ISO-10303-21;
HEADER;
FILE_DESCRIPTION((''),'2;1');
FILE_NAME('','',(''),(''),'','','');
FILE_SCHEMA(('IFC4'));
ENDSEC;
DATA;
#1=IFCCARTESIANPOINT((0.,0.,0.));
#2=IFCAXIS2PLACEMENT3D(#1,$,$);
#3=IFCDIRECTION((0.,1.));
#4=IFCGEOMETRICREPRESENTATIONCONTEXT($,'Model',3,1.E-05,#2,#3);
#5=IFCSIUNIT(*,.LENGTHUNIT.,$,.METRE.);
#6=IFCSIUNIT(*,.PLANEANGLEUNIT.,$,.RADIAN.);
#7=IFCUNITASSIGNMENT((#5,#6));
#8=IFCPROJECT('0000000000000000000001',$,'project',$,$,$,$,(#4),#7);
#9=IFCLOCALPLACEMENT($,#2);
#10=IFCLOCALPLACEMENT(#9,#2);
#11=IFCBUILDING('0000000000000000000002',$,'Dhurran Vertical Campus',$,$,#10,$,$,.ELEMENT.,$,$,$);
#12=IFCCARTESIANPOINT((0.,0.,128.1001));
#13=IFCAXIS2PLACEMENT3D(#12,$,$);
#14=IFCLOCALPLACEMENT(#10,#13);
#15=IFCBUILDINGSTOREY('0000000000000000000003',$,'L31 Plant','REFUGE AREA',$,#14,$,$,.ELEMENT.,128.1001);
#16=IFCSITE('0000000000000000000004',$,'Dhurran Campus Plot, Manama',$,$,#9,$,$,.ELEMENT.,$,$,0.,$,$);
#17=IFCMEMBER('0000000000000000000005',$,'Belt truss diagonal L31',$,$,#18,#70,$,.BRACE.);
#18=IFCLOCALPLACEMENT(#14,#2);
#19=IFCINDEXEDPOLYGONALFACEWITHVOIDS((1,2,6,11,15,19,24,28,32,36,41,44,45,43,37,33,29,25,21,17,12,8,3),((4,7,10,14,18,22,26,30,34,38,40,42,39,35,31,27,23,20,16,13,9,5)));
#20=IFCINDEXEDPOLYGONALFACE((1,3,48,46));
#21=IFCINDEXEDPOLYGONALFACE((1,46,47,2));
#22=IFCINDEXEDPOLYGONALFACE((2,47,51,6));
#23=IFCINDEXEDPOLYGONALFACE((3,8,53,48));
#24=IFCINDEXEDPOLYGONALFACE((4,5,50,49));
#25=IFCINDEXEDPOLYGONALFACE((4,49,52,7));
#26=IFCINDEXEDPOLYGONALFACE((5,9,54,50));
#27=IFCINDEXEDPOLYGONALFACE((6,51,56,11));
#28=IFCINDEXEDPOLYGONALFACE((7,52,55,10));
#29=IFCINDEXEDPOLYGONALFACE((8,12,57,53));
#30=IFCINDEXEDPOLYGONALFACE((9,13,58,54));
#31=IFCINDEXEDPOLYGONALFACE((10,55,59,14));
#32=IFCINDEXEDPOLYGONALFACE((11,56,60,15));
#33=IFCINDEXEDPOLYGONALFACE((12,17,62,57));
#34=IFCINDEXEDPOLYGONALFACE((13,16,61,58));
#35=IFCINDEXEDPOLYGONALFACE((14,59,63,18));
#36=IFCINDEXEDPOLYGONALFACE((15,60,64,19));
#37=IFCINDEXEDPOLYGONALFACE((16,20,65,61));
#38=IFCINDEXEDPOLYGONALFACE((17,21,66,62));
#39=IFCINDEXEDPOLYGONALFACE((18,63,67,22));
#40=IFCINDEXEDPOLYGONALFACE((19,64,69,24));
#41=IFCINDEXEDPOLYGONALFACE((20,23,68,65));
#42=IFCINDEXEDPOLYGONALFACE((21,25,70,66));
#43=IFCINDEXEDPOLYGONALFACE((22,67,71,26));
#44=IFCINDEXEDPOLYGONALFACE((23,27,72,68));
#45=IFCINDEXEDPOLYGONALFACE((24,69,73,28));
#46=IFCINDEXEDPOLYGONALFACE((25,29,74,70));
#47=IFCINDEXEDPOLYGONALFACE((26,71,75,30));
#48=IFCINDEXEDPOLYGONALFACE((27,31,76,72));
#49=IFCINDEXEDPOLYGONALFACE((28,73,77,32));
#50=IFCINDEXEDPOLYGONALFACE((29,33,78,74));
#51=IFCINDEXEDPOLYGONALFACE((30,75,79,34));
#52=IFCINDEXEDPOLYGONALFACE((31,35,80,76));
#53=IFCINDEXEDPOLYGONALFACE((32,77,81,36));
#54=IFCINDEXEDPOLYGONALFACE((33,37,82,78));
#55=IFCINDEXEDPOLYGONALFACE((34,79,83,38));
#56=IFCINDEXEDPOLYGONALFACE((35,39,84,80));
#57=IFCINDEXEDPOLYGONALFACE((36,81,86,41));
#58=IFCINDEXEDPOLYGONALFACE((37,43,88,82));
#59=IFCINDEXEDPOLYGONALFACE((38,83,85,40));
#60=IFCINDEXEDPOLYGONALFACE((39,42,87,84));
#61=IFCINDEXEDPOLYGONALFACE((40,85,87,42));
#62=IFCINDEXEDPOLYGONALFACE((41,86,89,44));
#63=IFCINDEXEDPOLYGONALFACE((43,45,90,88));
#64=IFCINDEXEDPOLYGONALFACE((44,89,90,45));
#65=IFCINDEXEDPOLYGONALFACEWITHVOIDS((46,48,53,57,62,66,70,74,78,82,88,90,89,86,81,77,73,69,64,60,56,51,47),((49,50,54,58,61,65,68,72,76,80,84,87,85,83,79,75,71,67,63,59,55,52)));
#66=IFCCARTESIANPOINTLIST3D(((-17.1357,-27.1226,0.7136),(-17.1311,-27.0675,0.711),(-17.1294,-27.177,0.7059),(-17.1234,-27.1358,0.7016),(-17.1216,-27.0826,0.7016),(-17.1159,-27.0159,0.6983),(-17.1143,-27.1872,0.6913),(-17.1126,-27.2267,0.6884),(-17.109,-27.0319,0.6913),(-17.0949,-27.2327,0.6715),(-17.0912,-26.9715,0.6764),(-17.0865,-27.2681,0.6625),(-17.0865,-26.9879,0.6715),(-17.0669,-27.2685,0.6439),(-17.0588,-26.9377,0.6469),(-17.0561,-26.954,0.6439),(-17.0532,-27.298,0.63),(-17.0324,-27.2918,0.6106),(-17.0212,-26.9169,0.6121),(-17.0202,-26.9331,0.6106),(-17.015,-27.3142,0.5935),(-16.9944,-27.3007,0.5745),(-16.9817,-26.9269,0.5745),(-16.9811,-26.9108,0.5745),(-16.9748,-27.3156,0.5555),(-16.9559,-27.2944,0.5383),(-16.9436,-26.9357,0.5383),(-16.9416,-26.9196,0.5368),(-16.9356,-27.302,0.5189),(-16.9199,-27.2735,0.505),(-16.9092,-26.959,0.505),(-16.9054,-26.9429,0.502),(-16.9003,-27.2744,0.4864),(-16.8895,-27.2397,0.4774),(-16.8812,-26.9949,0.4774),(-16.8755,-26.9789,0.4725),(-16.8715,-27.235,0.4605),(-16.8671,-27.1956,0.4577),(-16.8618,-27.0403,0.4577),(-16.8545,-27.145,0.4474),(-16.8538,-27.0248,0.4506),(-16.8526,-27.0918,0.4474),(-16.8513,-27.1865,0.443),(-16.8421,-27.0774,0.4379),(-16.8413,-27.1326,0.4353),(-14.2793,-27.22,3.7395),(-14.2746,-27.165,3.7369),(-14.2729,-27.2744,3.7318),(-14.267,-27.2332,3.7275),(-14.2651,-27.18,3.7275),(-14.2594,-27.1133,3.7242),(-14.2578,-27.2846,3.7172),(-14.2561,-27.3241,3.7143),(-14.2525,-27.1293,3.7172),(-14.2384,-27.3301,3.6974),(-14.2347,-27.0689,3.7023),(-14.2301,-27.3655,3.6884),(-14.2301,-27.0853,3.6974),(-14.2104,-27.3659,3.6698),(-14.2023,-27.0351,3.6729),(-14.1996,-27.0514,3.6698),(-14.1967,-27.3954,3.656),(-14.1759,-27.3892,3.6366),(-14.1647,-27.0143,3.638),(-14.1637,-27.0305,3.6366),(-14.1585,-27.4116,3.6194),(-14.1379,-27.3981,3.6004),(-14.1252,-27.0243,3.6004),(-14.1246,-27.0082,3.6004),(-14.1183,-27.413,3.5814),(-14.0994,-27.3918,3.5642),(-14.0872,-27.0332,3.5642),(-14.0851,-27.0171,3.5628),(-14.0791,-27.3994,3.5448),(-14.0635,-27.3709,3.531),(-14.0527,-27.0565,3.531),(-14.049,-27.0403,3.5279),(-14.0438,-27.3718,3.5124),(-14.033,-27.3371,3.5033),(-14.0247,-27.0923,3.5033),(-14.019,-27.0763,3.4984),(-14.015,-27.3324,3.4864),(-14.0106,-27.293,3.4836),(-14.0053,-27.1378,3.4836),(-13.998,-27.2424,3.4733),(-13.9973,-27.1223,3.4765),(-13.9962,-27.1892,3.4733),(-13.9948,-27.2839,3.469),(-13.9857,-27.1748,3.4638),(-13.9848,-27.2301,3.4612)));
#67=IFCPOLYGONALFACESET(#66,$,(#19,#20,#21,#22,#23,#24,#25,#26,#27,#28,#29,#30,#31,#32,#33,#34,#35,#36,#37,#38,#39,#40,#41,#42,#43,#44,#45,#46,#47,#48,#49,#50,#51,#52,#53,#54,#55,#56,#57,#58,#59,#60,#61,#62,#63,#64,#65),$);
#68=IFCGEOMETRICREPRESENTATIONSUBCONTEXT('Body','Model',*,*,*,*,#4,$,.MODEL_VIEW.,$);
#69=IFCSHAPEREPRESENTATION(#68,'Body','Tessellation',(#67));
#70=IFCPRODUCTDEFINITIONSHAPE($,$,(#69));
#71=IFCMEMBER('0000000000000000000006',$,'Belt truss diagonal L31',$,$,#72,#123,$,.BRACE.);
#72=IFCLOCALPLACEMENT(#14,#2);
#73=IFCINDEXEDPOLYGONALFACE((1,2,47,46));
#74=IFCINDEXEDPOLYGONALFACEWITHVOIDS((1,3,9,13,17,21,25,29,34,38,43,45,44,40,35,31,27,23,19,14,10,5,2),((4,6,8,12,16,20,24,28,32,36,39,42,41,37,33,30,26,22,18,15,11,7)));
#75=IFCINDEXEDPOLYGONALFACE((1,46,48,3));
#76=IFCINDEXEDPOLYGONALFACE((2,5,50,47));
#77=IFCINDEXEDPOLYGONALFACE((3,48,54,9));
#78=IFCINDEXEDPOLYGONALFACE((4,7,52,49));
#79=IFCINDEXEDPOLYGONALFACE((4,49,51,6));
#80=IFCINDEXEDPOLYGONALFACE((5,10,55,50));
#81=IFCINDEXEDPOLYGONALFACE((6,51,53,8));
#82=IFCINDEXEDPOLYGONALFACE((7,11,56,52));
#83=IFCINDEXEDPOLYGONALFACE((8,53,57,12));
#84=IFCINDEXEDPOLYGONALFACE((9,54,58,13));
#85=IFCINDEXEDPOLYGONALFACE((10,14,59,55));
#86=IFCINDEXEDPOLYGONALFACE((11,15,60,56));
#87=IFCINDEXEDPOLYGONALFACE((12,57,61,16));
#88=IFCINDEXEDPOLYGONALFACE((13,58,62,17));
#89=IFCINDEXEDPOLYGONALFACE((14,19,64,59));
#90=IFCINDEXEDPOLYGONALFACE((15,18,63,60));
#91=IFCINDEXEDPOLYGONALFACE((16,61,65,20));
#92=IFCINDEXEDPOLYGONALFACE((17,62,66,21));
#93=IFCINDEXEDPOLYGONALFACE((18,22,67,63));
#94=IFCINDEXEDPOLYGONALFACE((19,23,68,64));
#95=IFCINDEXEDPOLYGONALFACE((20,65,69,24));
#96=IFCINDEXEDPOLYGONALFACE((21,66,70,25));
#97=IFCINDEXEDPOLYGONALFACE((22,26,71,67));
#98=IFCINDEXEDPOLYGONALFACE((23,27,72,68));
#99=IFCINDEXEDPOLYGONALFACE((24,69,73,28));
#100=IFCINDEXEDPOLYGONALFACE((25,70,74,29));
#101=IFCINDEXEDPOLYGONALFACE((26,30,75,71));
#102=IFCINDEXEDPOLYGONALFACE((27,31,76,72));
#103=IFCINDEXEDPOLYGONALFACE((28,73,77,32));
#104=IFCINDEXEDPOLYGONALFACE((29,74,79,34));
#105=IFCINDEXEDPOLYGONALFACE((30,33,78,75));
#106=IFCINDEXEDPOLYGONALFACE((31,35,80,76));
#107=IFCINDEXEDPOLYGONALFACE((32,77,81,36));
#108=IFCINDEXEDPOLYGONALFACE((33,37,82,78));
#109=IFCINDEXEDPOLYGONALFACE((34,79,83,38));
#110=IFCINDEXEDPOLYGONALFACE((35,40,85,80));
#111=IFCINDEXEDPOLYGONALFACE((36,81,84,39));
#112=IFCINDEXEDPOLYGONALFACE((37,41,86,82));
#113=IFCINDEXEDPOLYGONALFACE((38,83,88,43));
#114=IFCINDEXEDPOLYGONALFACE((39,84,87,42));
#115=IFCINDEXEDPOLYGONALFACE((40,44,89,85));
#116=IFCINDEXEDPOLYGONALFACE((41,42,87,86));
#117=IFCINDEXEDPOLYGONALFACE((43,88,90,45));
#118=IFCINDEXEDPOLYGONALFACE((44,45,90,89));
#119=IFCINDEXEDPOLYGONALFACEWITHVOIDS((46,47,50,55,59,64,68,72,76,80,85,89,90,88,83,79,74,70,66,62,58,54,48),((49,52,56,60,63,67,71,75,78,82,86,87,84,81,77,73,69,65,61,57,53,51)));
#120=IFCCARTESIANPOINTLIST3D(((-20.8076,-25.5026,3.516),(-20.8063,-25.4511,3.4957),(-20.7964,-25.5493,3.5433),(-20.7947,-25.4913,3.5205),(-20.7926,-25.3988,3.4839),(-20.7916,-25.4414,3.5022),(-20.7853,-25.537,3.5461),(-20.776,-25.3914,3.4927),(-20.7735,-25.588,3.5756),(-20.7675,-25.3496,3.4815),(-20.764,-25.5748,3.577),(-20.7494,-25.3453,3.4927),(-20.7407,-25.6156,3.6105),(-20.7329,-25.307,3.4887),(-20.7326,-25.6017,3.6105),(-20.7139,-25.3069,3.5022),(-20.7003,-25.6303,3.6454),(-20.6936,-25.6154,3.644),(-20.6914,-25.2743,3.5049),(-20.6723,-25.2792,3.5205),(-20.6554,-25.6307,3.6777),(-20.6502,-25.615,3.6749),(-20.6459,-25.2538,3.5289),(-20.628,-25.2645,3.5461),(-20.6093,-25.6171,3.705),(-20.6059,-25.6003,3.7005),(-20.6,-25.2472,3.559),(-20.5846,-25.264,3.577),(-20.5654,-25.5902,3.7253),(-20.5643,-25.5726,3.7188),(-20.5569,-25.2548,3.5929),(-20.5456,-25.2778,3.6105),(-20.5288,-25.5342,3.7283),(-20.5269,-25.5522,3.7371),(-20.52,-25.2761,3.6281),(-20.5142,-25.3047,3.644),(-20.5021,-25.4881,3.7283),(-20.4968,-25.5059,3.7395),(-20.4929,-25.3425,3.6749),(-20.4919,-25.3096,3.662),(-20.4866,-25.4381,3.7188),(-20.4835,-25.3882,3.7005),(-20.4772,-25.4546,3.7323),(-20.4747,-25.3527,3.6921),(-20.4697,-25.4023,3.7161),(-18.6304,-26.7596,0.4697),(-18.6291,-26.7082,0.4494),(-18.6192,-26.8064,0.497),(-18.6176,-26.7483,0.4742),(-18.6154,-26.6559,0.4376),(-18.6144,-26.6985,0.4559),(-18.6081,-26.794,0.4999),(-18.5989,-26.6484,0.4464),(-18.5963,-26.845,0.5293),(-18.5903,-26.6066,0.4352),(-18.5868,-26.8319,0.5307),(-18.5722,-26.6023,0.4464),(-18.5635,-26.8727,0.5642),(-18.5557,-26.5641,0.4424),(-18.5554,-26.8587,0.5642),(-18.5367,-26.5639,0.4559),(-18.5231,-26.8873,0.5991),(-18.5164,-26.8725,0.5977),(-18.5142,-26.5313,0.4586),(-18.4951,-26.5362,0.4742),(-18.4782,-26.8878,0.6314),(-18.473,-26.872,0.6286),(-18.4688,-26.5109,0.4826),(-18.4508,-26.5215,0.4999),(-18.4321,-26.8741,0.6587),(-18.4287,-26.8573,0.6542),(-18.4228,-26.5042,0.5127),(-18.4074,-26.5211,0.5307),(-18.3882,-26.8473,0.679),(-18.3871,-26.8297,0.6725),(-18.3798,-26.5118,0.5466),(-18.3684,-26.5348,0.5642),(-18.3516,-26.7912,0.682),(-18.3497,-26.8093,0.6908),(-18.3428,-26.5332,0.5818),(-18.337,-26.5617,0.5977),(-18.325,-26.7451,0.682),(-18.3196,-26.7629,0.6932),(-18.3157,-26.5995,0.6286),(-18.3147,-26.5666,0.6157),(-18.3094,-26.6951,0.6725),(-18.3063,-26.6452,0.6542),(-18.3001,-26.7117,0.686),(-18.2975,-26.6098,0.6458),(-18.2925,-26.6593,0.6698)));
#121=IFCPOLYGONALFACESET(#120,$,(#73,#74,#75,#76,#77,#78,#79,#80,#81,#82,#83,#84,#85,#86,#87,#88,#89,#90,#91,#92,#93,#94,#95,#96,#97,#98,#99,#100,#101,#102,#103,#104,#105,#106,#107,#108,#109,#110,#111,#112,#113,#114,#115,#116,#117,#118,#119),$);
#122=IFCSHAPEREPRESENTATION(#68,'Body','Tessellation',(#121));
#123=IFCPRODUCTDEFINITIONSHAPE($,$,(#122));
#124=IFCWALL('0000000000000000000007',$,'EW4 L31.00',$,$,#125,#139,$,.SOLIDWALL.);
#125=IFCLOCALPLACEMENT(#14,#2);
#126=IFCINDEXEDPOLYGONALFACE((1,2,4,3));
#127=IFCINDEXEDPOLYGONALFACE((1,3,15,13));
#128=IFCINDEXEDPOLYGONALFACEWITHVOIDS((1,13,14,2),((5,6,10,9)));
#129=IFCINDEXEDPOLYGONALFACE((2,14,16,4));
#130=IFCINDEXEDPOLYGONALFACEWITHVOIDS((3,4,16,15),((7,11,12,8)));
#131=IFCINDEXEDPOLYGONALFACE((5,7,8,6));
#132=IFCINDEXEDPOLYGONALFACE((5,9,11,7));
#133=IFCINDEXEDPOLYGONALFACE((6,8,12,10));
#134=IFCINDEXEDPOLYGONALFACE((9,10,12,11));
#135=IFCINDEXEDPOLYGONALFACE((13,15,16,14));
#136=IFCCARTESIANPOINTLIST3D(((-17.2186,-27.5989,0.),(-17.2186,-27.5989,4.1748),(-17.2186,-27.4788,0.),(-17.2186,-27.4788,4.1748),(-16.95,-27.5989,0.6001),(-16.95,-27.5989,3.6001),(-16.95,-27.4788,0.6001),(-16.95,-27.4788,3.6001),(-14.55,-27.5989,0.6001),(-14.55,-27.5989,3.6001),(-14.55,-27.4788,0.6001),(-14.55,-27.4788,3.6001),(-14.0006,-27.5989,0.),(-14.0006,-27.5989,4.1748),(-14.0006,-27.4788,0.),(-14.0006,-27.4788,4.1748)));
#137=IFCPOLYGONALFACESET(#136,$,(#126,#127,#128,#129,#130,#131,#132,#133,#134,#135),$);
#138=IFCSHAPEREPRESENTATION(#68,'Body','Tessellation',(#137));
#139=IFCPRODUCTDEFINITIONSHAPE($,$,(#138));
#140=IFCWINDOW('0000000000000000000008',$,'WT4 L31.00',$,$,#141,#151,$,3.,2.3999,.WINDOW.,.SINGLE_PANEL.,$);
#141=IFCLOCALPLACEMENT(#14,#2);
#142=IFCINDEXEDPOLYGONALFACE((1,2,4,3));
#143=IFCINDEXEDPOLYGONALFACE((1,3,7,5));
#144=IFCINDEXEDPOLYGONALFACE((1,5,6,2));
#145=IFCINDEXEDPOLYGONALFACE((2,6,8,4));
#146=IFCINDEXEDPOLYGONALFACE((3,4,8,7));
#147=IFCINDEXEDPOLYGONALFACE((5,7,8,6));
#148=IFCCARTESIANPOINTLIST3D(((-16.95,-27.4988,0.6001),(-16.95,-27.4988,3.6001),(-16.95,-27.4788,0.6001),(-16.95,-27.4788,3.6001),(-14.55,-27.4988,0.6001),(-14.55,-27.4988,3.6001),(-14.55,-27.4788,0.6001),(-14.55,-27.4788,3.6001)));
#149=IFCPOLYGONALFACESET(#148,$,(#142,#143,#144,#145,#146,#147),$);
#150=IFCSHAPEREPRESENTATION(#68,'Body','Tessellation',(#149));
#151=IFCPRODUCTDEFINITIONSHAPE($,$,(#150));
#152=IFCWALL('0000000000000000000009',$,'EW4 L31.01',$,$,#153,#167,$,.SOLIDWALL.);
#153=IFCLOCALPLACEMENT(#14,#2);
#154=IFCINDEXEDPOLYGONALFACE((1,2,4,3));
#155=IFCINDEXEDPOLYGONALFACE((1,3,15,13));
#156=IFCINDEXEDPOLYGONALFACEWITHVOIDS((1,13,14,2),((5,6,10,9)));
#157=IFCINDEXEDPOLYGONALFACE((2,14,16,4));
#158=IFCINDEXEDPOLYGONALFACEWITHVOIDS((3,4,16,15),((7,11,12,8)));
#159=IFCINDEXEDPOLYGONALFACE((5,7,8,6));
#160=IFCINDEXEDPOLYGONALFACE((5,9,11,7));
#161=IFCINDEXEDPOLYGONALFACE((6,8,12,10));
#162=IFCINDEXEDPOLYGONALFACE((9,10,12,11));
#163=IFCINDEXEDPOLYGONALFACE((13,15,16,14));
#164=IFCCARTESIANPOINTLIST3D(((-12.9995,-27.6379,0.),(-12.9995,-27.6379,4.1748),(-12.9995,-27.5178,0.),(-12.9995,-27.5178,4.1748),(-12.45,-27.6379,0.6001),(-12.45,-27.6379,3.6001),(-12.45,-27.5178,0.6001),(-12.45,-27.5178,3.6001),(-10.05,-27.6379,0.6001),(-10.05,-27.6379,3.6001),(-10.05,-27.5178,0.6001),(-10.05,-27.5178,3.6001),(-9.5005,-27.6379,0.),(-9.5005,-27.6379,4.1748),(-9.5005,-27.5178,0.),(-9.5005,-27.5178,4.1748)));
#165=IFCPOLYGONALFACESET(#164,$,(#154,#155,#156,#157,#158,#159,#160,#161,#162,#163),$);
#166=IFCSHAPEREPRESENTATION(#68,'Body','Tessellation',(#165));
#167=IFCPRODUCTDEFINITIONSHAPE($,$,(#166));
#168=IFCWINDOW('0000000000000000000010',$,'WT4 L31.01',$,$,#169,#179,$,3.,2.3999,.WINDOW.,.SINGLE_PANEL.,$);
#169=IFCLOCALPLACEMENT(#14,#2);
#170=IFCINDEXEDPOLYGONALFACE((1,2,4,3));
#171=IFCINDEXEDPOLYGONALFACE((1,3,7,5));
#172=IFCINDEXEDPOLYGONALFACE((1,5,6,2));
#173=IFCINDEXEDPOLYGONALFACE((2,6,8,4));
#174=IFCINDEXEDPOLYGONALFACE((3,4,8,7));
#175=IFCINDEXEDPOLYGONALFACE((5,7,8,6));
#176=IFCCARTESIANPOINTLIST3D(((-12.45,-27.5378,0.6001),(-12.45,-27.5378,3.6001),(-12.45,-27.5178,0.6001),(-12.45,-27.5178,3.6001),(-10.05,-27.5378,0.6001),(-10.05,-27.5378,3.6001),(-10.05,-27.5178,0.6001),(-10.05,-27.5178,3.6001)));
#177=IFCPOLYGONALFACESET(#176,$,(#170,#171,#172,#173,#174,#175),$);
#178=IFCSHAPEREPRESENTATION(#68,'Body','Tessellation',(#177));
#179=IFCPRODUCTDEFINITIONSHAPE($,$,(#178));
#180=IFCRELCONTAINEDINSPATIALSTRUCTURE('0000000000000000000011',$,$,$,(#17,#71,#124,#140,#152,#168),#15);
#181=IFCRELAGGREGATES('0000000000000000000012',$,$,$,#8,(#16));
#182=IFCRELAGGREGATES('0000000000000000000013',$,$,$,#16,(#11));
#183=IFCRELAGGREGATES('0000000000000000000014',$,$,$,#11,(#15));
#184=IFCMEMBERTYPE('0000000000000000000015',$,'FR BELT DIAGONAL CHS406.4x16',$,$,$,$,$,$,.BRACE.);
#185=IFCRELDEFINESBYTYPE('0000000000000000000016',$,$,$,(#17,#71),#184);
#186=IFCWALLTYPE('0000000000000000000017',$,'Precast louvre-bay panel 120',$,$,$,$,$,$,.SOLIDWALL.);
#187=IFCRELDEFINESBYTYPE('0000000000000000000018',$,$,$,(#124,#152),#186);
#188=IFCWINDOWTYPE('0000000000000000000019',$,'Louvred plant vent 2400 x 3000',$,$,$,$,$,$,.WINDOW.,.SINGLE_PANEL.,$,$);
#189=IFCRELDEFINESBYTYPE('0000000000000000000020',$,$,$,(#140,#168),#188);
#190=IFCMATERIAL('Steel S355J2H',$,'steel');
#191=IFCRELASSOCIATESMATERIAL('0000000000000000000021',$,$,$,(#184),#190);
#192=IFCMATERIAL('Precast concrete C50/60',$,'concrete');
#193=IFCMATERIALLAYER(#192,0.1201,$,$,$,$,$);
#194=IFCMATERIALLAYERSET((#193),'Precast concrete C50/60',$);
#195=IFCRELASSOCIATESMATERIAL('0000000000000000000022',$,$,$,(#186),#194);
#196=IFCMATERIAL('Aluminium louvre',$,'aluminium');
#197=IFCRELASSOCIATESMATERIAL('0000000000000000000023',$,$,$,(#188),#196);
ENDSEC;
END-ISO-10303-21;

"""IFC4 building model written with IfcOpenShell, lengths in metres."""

from ifc_helpers import new_model, si_unit, direction, frame, frame_2d, origin, origin_2d, place, context, subcontext, project, spatial, rectangle, hollow_circle, extrude, material, layer, layer_set, material_profile, profile_set, type_object, element, fill, save


model = new_model("IFC4")

# Units and contexts
model_context = context("Model", 3, precision=1e-05, world=origin(), true_north=direction((0.0, 1.0)))
body_context = subcontext(model_context, "Body", "Model", "MODEL_VIEW")
ifc_project = project(units=[si_unit("LENGTHUNIT", "METRE"), si_unit("PLANEANGLEUNIT", "RADIAN")], contexts=[model_context])

# Site, building, storey
site_placement = place(None, origin())
site = spatial("IfcSite", under=ifc_project, at=site_placement, Name="Dhurran Campus Plot, Manama", CompositionType="ELEMENT", RefElevation=0.0)
building_placement = place(site_placement, origin())
building = spatial("IfcBuilding", under=site, at=building_placement, Name="Dhurran Vertical Campus", CompositionType="ELEMENT")
storey_placement = place(building_placement, frame((0.0, 0.0, 128.1001)))
storey = spatial("IfcBuildingStorey", under=building, at=storey_placement, Name="L31 Plant", Description="REFUGE AREA", CompositionType="ELEMENT", Elevation=128.1001)

# Members
ifc_material_1 = material(Name="Steel S355J2H", Category="steel")
ifc_material_profile_1 = material_profile(ifc_material_1, hollow_circle(Radius=0.2031, WallThickness=0.0161, at=origin_2d()), Name="CHS406.4x16")
ifc_profile_set_1 = profile_set([ifc_material_profile_1], Name="Steel S355J2H")
member_type = type_object("IfcMemberType", Name="FR BELT DIAGONAL CHS406.4x16", PredefinedType="BRACE", material=ifc_profile_set_1)
member_1_placement = place(storey_placement, frame((-16.988, -27.1138, 0.5745), z_axis=(0.686267, -0.023403, 0.726973), x_axis=(0.034083, 0.999419, 0.0)))
element("IfcMember", 1, at=member_1_placement, inside=storey, type_object=member_type, Name="Belt truss diagonal L31", PredefinedType="BRACE", context=body_context, shape_type="SweptSolid", body=[
    extrude(hollow_circle(Radius=0.2031, WallThickness=0.0161, at=origin_2d()), origin(), (0.0, 0.0, 1.0), 4.1624),
])
member_2_placement = place(storey_placement, frame((-18.4619, -26.6968, 0.5642), z_axis=(-0.551226, 0.318262, 0.771271), x_axis=(-0.500014, -0.866017, 0.0)))
element("IfcMember", 2, at=member_2_placement, inside=storey, type_object=member_type, Name="Belt truss diagonal L31", PredefinedType="BRACE", context=body_context, shape_type="SweptSolid", body=[
    extrude(hollow_circle(Radius=0.2031, WallThickness=0.0161, at=origin_2d()), origin(), (0.0, 0.0, 1.0), 3.9497),
])

# Walls, openings, windows
ifc_material_2 = material(Name="Precast concrete C50/60", Category="concrete")
ifc_layer_1 = layer(ifc_material_2, 0.1201)
ifc_layer_set_1 = layer_set([ifc_layer_1], Name="Precast concrete C50/60")
wall_type_1 = type_object("IfcWallType", Name="Precast louvre-bay panel 120", PredefinedType="SOLIDWALL", material=ifc_layer_set_1)
wall_1_placement = place(storey_placement, frame((-17.2185, -27.5388, 0.0), z_axis=(0.0, 0.0, 1.0), x_axis=(1.0, 0.0, 0.0)))
wall_1 = element("IfcWall", 3, at=wall_1_placement, inside=storey, type_object=wall_type_1, Name="EW4 L31.00", PredefinedType="SOLIDWALL", context=body_context, shape_type="SweptSolid", body=[
    extrude(rectangle(XDim=3.218, YDim=0.1201, at=frame_2d((1.6089, 0.0))), origin(), (0.0, 0.0, 1.0), 4.1748),
])
opening_1_placement = place(wall_1_placement, frame((0.2686, 0.0, 0.6001)))
opening_1 = element("IfcOpeningElement", 4, at=opening_1_placement, cuts=wall_1, PredefinedType="OPENING", context=body_context, shape_type="SweptSolid", body=[
    extrude(rectangle(XDim=2.3999, YDim=3.0, at=frame_2d((1.2, 1.5))), frame((0.0, 0.0701, 0.0), z_axis=(0.0, -1.0, 0.0), x_axis=(1.0, 0.0, 0.0)), (0.0, 0.0, 1.0), 0.1401),
])
ifc_material_3 = material(Name="Aluminium louvre", Category="aluminium")
window_type = type_object("IfcWindowType", Name="Louvred plant vent 2400 x 3000", PartitioningType="SINGLE_PANEL", PredefinedType="WINDOW", material=ifc_material_3)
window_1_placement = place(opening_1_placement, origin())
window_1 = element("IfcWindow", 5, at=window_1_placement, inside=storey, type_object=window_type, Name="WT4 L31.00", OverallHeight=3.0, OverallWidth=2.3999, PartitioningType="SINGLE_PANEL", PredefinedType="WINDOW", context=body_context, shape_type="SweptSolid", body=[
    extrude(rectangle(XDim=2.3999, YDim=3.0, at=frame_2d((1.2, 1.5))), frame((0.0, 0.0601, 0.0), z_axis=(0.0, -1.0, 0.0), x_axis=(1.0, 0.0, 0.0)), (0.0, 0.0, 1.0), 0.02),
])
fill(opening_1, window_1)
wall_2_placement = place(storey_placement, frame((-12.9995, -27.5779, 0.0), z_axis=(0.0, 0.0, 1.0), x_axis=(1.0, 0.0, 0.0)))
wall_2 = element("IfcWall", 6, at=wall_2_placement, inside=storey, type_object=wall_type_1, Name="EW4 L31.01", PredefinedType="SOLIDWALL", context=body_context, shape_type="SweptSolid", body=[
    extrude(rectangle(XDim=3.499, YDim=0.1201, at=frame_2d((1.7495, 0.0))), origin(), (0.0, 0.0, 1.0), 4.1748),
])
opening_2_placement = place(wall_2_placement, frame((0.5496, 0.0, 0.6001)))
opening_2 = element("IfcOpeningElement", 7, at=opening_2_placement, cuts=wall_2, PredefinedType="OPENING", context=body_context, shape_type="SweptSolid", body=[
    extrude(rectangle(XDim=2.3999, YDim=3.0, at=frame_2d((1.2, 1.5))), frame((0.0, 0.0701, 0.0), z_axis=(0.0, -1.0, 0.0), x_axis=(1.0, 0.0, 0.0)), (0.0, 0.0, 1.0), 0.1401),
])
window_2_placement = place(opening_2_placement, origin())
window_2 = element("IfcWindow", 8, at=window_2_placement, inside=storey, type_object=window_type, Name="WT4 L31.01", OverallHeight=3.0, OverallWidth=2.3999, PartitioningType="SINGLE_PANEL", PredefinedType="WINDOW", context=body_context, shape_type="SweptSolid", body=[
    extrude(rectangle(XDim=2.3999, YDim=3.0, at=frame_2d((1.2, 1.5))), frame((0.0, 0.0601, 0.0), z_axis=(0.0, -1.0, 0.0), x_axis=(1.0, 0.0, 0.0)), (0.0, 0.0, 1.0), 0.02),
])
fill(opening_2, window_2)

save(model, "model.ifc")
